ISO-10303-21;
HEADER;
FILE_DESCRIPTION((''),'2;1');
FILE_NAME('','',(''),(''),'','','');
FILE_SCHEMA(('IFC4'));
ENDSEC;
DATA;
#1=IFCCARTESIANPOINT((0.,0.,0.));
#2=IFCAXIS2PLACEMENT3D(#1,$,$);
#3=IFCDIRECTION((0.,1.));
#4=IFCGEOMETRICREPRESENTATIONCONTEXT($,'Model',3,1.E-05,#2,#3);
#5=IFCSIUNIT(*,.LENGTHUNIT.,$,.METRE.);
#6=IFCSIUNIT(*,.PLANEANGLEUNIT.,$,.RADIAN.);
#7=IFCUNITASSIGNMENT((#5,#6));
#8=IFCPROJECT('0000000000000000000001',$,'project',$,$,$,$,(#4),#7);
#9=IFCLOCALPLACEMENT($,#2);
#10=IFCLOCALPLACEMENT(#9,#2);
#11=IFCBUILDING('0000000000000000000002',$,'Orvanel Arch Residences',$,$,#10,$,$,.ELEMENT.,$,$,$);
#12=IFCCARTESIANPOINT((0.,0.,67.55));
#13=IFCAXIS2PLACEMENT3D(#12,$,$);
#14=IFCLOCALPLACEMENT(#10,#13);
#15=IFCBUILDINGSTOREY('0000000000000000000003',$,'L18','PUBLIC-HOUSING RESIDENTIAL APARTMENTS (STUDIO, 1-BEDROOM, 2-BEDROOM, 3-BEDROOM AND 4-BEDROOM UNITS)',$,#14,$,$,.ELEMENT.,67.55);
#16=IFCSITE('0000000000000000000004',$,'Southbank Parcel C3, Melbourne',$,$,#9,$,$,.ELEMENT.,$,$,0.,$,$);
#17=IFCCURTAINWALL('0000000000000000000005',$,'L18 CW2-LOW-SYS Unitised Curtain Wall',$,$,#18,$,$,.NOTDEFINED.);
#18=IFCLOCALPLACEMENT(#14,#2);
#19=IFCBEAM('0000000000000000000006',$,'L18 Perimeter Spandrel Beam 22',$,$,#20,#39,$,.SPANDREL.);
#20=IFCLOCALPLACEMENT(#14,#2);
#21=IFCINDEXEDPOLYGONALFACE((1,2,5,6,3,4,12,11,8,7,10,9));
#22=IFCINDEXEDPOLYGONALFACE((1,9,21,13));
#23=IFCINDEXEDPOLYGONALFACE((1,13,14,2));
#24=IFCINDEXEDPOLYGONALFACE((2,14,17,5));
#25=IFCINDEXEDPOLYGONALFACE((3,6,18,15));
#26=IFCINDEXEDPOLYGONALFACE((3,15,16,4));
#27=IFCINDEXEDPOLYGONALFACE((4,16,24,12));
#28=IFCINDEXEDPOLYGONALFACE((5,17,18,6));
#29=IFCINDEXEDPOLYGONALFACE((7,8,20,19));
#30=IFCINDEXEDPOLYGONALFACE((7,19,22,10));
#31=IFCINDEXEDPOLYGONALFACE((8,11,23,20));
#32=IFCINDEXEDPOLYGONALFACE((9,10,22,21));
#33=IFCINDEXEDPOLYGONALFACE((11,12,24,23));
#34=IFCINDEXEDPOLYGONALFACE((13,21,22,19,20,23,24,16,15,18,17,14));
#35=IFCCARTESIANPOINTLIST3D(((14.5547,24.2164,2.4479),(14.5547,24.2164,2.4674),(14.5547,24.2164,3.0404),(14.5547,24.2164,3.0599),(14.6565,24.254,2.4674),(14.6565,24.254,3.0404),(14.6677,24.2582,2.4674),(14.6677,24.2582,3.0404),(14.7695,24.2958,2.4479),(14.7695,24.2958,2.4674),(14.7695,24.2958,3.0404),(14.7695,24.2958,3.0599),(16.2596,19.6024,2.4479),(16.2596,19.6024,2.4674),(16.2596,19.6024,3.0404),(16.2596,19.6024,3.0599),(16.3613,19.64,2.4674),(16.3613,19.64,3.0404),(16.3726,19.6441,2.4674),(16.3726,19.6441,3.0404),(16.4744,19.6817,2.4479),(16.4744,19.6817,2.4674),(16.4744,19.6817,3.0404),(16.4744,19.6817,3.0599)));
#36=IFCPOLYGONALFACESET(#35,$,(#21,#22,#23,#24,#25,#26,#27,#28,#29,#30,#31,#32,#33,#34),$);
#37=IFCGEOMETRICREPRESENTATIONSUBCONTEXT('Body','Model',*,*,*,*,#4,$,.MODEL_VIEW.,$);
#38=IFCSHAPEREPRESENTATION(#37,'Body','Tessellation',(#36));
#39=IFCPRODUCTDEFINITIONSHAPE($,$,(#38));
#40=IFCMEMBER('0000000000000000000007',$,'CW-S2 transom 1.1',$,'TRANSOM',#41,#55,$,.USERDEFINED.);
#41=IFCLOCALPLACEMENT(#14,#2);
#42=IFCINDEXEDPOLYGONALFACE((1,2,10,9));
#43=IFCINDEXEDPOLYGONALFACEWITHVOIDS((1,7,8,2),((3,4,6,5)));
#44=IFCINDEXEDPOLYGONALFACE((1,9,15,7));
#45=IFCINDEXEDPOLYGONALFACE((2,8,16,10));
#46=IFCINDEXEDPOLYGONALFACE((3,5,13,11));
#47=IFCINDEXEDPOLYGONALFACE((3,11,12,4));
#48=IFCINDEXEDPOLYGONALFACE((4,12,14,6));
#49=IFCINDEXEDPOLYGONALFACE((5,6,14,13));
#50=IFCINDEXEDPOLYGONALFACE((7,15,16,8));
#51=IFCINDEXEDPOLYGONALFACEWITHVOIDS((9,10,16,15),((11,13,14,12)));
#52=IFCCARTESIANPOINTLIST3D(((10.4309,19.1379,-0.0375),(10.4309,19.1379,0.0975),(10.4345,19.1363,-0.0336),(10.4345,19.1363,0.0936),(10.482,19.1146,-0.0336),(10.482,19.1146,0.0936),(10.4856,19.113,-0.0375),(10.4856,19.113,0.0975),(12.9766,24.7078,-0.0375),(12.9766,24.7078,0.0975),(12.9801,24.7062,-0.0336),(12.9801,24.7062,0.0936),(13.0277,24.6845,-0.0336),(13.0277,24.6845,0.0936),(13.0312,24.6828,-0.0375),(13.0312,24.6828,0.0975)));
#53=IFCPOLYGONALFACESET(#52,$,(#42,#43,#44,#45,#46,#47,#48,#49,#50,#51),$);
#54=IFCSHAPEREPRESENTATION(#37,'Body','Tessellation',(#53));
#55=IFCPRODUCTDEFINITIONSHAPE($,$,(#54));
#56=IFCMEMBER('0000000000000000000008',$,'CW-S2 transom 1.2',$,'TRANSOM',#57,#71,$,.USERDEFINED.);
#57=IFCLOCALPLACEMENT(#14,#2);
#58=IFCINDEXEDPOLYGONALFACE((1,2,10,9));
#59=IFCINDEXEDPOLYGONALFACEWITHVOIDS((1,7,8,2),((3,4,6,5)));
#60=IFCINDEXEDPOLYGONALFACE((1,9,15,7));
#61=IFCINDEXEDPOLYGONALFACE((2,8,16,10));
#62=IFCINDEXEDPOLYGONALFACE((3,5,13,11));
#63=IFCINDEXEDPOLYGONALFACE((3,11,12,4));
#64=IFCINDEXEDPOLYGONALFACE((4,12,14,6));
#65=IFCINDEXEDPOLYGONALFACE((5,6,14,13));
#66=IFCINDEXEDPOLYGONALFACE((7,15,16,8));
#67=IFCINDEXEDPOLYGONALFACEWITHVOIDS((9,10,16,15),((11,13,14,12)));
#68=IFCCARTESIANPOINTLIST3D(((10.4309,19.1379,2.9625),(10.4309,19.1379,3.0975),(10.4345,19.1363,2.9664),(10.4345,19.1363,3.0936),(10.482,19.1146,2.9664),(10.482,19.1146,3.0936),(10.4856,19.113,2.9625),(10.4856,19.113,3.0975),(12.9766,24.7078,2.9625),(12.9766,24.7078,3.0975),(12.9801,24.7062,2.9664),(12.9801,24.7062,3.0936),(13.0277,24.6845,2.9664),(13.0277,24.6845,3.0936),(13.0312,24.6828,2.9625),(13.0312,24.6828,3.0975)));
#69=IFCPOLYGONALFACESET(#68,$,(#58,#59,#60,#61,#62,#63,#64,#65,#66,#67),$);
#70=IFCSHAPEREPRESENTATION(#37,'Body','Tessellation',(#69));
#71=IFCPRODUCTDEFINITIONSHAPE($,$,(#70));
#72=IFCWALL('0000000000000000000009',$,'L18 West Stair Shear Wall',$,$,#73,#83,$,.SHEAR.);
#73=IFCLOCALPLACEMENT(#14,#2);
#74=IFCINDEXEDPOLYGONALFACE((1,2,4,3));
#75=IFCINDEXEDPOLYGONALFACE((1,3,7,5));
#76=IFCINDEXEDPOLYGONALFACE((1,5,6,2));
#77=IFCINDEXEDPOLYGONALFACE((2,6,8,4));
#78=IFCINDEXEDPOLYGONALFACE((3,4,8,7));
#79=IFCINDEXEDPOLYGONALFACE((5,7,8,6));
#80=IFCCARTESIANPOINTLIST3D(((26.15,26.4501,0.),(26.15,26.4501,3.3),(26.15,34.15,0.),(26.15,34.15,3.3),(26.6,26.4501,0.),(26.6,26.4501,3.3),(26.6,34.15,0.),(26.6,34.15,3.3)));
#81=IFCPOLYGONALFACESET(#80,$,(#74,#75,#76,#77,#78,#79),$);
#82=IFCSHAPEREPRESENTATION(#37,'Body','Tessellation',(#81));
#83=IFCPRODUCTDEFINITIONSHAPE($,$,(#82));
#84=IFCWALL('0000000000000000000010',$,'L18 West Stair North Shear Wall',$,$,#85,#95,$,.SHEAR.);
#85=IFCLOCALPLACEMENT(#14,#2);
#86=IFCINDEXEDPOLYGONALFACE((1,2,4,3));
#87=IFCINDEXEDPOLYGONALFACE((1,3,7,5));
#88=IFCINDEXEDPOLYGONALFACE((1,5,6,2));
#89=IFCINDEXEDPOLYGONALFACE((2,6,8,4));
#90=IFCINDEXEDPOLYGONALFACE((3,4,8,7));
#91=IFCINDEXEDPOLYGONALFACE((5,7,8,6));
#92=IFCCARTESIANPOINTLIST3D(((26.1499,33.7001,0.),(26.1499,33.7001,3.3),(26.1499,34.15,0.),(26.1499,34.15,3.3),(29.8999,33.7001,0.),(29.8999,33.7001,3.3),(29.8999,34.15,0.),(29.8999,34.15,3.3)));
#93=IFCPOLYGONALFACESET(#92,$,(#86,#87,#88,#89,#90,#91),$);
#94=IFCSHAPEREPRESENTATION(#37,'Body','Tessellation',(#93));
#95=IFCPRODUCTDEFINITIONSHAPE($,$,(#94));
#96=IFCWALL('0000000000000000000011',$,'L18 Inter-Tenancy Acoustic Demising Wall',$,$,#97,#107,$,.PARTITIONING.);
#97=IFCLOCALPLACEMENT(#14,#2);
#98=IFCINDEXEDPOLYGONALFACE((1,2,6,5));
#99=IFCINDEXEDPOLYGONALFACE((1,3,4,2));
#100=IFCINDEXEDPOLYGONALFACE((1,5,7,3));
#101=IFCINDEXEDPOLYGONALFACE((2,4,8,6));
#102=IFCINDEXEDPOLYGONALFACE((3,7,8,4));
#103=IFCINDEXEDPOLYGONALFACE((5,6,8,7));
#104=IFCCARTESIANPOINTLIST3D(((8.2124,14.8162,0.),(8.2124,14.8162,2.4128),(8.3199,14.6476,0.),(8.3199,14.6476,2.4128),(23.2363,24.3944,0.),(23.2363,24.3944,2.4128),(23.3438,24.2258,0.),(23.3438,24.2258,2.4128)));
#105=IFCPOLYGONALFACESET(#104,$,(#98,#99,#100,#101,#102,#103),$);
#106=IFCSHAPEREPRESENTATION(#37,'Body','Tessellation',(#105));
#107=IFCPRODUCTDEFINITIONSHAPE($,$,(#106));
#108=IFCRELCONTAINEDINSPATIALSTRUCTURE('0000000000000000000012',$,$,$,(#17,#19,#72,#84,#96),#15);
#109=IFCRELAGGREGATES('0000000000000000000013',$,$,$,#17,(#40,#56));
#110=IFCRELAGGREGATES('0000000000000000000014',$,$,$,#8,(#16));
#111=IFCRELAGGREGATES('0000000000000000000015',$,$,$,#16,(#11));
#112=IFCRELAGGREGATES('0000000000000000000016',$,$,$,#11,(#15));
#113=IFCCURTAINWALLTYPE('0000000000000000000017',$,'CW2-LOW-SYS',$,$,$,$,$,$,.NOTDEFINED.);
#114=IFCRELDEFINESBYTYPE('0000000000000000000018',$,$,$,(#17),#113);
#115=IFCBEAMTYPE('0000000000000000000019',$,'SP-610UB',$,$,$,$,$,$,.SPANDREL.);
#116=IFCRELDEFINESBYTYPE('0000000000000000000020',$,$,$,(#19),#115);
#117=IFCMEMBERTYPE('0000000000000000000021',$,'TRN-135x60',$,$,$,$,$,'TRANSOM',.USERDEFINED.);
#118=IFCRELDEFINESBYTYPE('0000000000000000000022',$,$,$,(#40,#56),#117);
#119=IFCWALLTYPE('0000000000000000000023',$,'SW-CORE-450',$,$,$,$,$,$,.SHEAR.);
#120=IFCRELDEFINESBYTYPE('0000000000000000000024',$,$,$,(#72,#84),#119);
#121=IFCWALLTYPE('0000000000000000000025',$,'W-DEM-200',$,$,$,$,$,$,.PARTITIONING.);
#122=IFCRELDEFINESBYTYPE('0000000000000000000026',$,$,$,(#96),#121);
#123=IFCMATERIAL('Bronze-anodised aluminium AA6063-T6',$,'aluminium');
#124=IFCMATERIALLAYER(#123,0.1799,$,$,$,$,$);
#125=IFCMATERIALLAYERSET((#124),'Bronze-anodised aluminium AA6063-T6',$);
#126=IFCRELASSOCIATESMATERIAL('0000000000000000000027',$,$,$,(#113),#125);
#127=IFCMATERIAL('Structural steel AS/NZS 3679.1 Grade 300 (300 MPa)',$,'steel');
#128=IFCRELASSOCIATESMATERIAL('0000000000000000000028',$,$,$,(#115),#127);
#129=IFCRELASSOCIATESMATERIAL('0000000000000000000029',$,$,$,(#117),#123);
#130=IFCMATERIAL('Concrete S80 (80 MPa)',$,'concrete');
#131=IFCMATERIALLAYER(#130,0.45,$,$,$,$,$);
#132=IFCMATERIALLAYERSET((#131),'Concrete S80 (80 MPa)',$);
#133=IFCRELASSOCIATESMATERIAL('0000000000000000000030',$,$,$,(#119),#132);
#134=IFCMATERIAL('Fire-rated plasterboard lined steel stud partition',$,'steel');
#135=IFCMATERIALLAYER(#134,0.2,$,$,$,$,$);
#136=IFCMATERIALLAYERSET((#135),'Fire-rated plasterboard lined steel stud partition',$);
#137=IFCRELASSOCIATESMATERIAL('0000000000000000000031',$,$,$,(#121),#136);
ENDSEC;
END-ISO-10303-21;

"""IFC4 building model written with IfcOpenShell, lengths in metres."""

from ifc_helpers import new_model, si_unit, direction, frame, frame_2d, origin, origin_2d, place, context, subcontext, project, spatial, rectangle, hollow_rectangle, i_section, extrude, material, layer, layer_set, material_profile, profile_set, type_object, element, aggregate, save


model = new_model("IFC4")

# Units and contexts
model_context = context("Model", 3, precision=1e-05, world=origin(), true_north=direction((0.0, 1.0)))
body_context = subcontext(model_context, "Body", "Model", "MODEL_VIEW")
ifc_project = project(units=[si_unit("LENGTHUNIT", "METRE"), si_unit("PLANEANGLEUNIT", "RADIAN")], contexts=[model_context])

# Site, building, storey
site_placement = place(None, origin())
site = spatial("IfcSite", under=ifc_project, at=site_placement, Name="Southbank Parcel C3, Melbourne", CompositionType="ELEMENT", RefElevation=0.0)
building_placement = place(site_placement, origin())
building = spatial("IfcBuilding", under=site, at=building_placement, Name="Orvanel Arch Residences", CompositionType="ELEMENT")
storey_placement = place(building_placement, frame((0.0, 0.0, 67.55)))
storey = spatial("IfcBuildingStorey", under=building, at=storey_placement, Name="L18", Description="PUBLIC-HOUSING RESIDENTIAL APARTMENTS (STUDIO, 1-BEDROOM, 2-BEDROOM, 3-BEDROOM AND 4-BEDROOM UNITS)", CompositionType="ELEMENT", Elevation=67.55)

# Shared definitions
ifc_material_1 = material(Name="Structural steel AS/NZS 3679.1 Grade 300 (300 MPa)", Category="steel")

# Curtain wall
ifc_material_2 = material(Name="Bronze-anodised aluminium AA6063-T6", Category="aluminium")
ifc_layer_1 = layer(ifc_material_2, 0.1799)
ifc_layer_set_1 = layer_set([ifc_layer_1], Name="Bronze-anodised aluminium AA6063-T6")
curtain_wall_type = type_object("IfcCurtainWallType", Name="CW2-LOW-SYS", PredefinedType="NOTDEFINED", material=ifc_layer_set_1)
curtain_wall_placement = place(storey_placement, origin())
curtain_wall = element("IfcCurtainWall", 1, at=curtain_wall_placement, inside=storey, type_object=curtain_wall_type, Name="L18 CW2-LOW-SYS Unitised Curtain Wall", PredefinedType="NOTDEFINED")

# Beam
ifc_material_profile_1 = material_profile(ifc_material_1, i_section(OverallWidth=0.229, OverallDepth=0.6121, WebThickness=0.012, FlangeThickness=0.0195, at=origin_2d()), Name="610UB125")
ifc_profile_set_1 = profile_set([ifc_material_profile_1], Name="Structural steel AS/NZS 3679.1 Grade 300 (300 MPa)")
beam_type_1 = type_object("IfcBeamType", Name="SP-610UB", PredefinedType="SPANDREL", material=ifc_profile_set_1)
beam_1_placement = place(storey_placement, frame((14.6621, 24.2561, 2.7539), z_axis=(0.346588, -0.938017, 0.0), x_axis=(0.938017, 0.346588, 0.0)))
element("IfcBeam", 2, at=beam_1_placement, inside=storey, type_object=beam_type_1, Name="L18 Perimeter Spandrel Beam 22", PredefinedType="SPANDREL", context=body_context, shape_type="SweptSolid", body=[
    extrude(i_section(OverallWidth=0.229, OverallDepth=0.6121, WebThickness=0.012, FlangeThickness=0.0195, at=origin_2d()), origin(), (0.0, 0.0, 1.0), 4.9189),
])

# Members
ifc_material_profile_2 = material_profile(ifc_material_2, hollow_rectangle(XDim=0.0601, YDim=0.135, WallThickness=0.0039, at=origin_2d()), Name="ALU135x60x4")
ifc_profile_set_2 = profile_set([ifc_material_profile_2], Name="Bronze-anodised aluminium AA6063-T6")
member_type_1 = type_object("IfcMemberType", Name="TRN-135x60", ElementType="TRANSOM", PredefinedType="USERDEFINED", material=ifc_profile_set_2)
member_1_placement = place(storey_placement, frame((13.0039, 24.6953, 0.03), z_axis=(-0.415685, -0.909508, 0.0), x_axis=(0.909508, -0.415685, 0.0)))
member_1 = element("IfcMember", 3, at=member_1_placement, type_object=member_type_1, Name="CW-S2 transom 1.1", ObjectType="TRANSOM", PredefinedType="USERDEFINED", context=body_context, shape_type="SweptSolid", body=[
    extrude(hollow_rectangle(XDim=0.0601, YDim=0.135, WallThickness=0.0039, at=origin_2d()), origin(), (0.0, 0.0, 1.0), 6.124),
])
member_2_placement = place(storey_placement, frame((13.0039, 24.6953, 3.03), z_axis=(-0.415685, -0.909508, 0.0), x_axis=(0.909508, -0.415685, 0.0)))
member_2 = element("IfcMember", 4, at=member_2_placement, type_object=member_type_1, Name="CW-S2 transom 1.2", ObjectType="TRANSOM", PredefinedType="USERDEFINED", context=body_context, shape_type="SweptSolid", body=[
    extrude(hollow_rectangle(XDim=0.0601, YDim=0.135, WallThickness=0.0039, at=origin_2d()), origin(), (0.0, 0.0, 1.0), 6.124),
])
aggregate(curtain_wall, [member_1, member_2])

# Shared definitions
ifc_material_3 = material(Name="Concrete S80 (80 MPa)", Category="concrete")
ifc_layer_2 = layer(ifc_material_3, 0.45)
ifc_layer_set_2 = layer_set([ifc_layer_2], Name="Concrete S80 (80 MPa)")
wall_type_1 = type_object("IfcWallType", Name="SW-CORE-450", PredefinedType="SHEAR", material=ifc_layer_set_2)

# Walls
wall_1_placement = place(storey_placement, frame((26.375, 26.45, 0.0), z_axis=(0.0, 0.0, 1.0), x_axis=(0.0, 1.0, 0.0)))
element("IfcWall", 5, at=wall_1_placement, inside=storey, type_object=wall_type_1, Name="L18 West Stair Shear Wall", PredefinedType="SHEAR", context=body_context, shape_type="SweptSolid", body=[
    extrude(rectangle(XDim=7.7, YDim=0.45, at=frame_2d((3.8501, 0.0))), origin(), (0.0, 0.0, 1.0), 3.3),
])
wall_2_placement = place(storey_placement, frame((26.1499, 33.925, 0.0), z_axis=(0.0, 0.0, 1.0), x_axis=(1.0, 0.0, 0.0)))
element("IfcWall", 6, at=wall_2_placement, inside=storey, type_object=wall_type_1, Name="L18 West Stair North Shear Wall", PredefinedType="SHEAR", context=body_context, shape_type="SweptSolid", body=[
    extrude(rectangle(XDim=3.75, YDim=0.45, at=frame_2d((1.875, 0.0))), origin(), (0.0, 0.0, 1.0), 3.3),
])
ifc_material_4 = material(Name="Fire-rated plasterboard lined steel stud partition", Category="steel")
ifc_layer_3 = layer(ifc_material_4, 0.2)
ifc_layer_set_3 = layer_set([ifc_layer_3], Name="Fire-rated plasterboard lined steel stud partition")
wall_type_2 = type_object("IfcWallType", Name="W-DEM-200", PredefinedType="PARTITIONING", material=ifc_layer_set_3)
wall_3_placement = place(storey_placement, frame((23.29, 24.3101, 0.0), z_axis=(0.0, 0.0, 1.0), x_axis=(-0.843218, -0.537572, 0.0)))
element("IfcWall", 7, at=wall_3_placement, inside=storey, type_object=wall_type_2, Name="L18 Inter-Tenancy Acoustic Demising Wall", PredefinedType="PARTITIONING", context=body_context, shape_type="SweptSolid", body=[
    extrude(rectangle(XDim=17.8174, YDim=0.2, at=frame_2d((8.9087, 0.0))), origin(), (0.0, 0.0, 1.0), 2.4128),
])

save(model, "model.ifc")
